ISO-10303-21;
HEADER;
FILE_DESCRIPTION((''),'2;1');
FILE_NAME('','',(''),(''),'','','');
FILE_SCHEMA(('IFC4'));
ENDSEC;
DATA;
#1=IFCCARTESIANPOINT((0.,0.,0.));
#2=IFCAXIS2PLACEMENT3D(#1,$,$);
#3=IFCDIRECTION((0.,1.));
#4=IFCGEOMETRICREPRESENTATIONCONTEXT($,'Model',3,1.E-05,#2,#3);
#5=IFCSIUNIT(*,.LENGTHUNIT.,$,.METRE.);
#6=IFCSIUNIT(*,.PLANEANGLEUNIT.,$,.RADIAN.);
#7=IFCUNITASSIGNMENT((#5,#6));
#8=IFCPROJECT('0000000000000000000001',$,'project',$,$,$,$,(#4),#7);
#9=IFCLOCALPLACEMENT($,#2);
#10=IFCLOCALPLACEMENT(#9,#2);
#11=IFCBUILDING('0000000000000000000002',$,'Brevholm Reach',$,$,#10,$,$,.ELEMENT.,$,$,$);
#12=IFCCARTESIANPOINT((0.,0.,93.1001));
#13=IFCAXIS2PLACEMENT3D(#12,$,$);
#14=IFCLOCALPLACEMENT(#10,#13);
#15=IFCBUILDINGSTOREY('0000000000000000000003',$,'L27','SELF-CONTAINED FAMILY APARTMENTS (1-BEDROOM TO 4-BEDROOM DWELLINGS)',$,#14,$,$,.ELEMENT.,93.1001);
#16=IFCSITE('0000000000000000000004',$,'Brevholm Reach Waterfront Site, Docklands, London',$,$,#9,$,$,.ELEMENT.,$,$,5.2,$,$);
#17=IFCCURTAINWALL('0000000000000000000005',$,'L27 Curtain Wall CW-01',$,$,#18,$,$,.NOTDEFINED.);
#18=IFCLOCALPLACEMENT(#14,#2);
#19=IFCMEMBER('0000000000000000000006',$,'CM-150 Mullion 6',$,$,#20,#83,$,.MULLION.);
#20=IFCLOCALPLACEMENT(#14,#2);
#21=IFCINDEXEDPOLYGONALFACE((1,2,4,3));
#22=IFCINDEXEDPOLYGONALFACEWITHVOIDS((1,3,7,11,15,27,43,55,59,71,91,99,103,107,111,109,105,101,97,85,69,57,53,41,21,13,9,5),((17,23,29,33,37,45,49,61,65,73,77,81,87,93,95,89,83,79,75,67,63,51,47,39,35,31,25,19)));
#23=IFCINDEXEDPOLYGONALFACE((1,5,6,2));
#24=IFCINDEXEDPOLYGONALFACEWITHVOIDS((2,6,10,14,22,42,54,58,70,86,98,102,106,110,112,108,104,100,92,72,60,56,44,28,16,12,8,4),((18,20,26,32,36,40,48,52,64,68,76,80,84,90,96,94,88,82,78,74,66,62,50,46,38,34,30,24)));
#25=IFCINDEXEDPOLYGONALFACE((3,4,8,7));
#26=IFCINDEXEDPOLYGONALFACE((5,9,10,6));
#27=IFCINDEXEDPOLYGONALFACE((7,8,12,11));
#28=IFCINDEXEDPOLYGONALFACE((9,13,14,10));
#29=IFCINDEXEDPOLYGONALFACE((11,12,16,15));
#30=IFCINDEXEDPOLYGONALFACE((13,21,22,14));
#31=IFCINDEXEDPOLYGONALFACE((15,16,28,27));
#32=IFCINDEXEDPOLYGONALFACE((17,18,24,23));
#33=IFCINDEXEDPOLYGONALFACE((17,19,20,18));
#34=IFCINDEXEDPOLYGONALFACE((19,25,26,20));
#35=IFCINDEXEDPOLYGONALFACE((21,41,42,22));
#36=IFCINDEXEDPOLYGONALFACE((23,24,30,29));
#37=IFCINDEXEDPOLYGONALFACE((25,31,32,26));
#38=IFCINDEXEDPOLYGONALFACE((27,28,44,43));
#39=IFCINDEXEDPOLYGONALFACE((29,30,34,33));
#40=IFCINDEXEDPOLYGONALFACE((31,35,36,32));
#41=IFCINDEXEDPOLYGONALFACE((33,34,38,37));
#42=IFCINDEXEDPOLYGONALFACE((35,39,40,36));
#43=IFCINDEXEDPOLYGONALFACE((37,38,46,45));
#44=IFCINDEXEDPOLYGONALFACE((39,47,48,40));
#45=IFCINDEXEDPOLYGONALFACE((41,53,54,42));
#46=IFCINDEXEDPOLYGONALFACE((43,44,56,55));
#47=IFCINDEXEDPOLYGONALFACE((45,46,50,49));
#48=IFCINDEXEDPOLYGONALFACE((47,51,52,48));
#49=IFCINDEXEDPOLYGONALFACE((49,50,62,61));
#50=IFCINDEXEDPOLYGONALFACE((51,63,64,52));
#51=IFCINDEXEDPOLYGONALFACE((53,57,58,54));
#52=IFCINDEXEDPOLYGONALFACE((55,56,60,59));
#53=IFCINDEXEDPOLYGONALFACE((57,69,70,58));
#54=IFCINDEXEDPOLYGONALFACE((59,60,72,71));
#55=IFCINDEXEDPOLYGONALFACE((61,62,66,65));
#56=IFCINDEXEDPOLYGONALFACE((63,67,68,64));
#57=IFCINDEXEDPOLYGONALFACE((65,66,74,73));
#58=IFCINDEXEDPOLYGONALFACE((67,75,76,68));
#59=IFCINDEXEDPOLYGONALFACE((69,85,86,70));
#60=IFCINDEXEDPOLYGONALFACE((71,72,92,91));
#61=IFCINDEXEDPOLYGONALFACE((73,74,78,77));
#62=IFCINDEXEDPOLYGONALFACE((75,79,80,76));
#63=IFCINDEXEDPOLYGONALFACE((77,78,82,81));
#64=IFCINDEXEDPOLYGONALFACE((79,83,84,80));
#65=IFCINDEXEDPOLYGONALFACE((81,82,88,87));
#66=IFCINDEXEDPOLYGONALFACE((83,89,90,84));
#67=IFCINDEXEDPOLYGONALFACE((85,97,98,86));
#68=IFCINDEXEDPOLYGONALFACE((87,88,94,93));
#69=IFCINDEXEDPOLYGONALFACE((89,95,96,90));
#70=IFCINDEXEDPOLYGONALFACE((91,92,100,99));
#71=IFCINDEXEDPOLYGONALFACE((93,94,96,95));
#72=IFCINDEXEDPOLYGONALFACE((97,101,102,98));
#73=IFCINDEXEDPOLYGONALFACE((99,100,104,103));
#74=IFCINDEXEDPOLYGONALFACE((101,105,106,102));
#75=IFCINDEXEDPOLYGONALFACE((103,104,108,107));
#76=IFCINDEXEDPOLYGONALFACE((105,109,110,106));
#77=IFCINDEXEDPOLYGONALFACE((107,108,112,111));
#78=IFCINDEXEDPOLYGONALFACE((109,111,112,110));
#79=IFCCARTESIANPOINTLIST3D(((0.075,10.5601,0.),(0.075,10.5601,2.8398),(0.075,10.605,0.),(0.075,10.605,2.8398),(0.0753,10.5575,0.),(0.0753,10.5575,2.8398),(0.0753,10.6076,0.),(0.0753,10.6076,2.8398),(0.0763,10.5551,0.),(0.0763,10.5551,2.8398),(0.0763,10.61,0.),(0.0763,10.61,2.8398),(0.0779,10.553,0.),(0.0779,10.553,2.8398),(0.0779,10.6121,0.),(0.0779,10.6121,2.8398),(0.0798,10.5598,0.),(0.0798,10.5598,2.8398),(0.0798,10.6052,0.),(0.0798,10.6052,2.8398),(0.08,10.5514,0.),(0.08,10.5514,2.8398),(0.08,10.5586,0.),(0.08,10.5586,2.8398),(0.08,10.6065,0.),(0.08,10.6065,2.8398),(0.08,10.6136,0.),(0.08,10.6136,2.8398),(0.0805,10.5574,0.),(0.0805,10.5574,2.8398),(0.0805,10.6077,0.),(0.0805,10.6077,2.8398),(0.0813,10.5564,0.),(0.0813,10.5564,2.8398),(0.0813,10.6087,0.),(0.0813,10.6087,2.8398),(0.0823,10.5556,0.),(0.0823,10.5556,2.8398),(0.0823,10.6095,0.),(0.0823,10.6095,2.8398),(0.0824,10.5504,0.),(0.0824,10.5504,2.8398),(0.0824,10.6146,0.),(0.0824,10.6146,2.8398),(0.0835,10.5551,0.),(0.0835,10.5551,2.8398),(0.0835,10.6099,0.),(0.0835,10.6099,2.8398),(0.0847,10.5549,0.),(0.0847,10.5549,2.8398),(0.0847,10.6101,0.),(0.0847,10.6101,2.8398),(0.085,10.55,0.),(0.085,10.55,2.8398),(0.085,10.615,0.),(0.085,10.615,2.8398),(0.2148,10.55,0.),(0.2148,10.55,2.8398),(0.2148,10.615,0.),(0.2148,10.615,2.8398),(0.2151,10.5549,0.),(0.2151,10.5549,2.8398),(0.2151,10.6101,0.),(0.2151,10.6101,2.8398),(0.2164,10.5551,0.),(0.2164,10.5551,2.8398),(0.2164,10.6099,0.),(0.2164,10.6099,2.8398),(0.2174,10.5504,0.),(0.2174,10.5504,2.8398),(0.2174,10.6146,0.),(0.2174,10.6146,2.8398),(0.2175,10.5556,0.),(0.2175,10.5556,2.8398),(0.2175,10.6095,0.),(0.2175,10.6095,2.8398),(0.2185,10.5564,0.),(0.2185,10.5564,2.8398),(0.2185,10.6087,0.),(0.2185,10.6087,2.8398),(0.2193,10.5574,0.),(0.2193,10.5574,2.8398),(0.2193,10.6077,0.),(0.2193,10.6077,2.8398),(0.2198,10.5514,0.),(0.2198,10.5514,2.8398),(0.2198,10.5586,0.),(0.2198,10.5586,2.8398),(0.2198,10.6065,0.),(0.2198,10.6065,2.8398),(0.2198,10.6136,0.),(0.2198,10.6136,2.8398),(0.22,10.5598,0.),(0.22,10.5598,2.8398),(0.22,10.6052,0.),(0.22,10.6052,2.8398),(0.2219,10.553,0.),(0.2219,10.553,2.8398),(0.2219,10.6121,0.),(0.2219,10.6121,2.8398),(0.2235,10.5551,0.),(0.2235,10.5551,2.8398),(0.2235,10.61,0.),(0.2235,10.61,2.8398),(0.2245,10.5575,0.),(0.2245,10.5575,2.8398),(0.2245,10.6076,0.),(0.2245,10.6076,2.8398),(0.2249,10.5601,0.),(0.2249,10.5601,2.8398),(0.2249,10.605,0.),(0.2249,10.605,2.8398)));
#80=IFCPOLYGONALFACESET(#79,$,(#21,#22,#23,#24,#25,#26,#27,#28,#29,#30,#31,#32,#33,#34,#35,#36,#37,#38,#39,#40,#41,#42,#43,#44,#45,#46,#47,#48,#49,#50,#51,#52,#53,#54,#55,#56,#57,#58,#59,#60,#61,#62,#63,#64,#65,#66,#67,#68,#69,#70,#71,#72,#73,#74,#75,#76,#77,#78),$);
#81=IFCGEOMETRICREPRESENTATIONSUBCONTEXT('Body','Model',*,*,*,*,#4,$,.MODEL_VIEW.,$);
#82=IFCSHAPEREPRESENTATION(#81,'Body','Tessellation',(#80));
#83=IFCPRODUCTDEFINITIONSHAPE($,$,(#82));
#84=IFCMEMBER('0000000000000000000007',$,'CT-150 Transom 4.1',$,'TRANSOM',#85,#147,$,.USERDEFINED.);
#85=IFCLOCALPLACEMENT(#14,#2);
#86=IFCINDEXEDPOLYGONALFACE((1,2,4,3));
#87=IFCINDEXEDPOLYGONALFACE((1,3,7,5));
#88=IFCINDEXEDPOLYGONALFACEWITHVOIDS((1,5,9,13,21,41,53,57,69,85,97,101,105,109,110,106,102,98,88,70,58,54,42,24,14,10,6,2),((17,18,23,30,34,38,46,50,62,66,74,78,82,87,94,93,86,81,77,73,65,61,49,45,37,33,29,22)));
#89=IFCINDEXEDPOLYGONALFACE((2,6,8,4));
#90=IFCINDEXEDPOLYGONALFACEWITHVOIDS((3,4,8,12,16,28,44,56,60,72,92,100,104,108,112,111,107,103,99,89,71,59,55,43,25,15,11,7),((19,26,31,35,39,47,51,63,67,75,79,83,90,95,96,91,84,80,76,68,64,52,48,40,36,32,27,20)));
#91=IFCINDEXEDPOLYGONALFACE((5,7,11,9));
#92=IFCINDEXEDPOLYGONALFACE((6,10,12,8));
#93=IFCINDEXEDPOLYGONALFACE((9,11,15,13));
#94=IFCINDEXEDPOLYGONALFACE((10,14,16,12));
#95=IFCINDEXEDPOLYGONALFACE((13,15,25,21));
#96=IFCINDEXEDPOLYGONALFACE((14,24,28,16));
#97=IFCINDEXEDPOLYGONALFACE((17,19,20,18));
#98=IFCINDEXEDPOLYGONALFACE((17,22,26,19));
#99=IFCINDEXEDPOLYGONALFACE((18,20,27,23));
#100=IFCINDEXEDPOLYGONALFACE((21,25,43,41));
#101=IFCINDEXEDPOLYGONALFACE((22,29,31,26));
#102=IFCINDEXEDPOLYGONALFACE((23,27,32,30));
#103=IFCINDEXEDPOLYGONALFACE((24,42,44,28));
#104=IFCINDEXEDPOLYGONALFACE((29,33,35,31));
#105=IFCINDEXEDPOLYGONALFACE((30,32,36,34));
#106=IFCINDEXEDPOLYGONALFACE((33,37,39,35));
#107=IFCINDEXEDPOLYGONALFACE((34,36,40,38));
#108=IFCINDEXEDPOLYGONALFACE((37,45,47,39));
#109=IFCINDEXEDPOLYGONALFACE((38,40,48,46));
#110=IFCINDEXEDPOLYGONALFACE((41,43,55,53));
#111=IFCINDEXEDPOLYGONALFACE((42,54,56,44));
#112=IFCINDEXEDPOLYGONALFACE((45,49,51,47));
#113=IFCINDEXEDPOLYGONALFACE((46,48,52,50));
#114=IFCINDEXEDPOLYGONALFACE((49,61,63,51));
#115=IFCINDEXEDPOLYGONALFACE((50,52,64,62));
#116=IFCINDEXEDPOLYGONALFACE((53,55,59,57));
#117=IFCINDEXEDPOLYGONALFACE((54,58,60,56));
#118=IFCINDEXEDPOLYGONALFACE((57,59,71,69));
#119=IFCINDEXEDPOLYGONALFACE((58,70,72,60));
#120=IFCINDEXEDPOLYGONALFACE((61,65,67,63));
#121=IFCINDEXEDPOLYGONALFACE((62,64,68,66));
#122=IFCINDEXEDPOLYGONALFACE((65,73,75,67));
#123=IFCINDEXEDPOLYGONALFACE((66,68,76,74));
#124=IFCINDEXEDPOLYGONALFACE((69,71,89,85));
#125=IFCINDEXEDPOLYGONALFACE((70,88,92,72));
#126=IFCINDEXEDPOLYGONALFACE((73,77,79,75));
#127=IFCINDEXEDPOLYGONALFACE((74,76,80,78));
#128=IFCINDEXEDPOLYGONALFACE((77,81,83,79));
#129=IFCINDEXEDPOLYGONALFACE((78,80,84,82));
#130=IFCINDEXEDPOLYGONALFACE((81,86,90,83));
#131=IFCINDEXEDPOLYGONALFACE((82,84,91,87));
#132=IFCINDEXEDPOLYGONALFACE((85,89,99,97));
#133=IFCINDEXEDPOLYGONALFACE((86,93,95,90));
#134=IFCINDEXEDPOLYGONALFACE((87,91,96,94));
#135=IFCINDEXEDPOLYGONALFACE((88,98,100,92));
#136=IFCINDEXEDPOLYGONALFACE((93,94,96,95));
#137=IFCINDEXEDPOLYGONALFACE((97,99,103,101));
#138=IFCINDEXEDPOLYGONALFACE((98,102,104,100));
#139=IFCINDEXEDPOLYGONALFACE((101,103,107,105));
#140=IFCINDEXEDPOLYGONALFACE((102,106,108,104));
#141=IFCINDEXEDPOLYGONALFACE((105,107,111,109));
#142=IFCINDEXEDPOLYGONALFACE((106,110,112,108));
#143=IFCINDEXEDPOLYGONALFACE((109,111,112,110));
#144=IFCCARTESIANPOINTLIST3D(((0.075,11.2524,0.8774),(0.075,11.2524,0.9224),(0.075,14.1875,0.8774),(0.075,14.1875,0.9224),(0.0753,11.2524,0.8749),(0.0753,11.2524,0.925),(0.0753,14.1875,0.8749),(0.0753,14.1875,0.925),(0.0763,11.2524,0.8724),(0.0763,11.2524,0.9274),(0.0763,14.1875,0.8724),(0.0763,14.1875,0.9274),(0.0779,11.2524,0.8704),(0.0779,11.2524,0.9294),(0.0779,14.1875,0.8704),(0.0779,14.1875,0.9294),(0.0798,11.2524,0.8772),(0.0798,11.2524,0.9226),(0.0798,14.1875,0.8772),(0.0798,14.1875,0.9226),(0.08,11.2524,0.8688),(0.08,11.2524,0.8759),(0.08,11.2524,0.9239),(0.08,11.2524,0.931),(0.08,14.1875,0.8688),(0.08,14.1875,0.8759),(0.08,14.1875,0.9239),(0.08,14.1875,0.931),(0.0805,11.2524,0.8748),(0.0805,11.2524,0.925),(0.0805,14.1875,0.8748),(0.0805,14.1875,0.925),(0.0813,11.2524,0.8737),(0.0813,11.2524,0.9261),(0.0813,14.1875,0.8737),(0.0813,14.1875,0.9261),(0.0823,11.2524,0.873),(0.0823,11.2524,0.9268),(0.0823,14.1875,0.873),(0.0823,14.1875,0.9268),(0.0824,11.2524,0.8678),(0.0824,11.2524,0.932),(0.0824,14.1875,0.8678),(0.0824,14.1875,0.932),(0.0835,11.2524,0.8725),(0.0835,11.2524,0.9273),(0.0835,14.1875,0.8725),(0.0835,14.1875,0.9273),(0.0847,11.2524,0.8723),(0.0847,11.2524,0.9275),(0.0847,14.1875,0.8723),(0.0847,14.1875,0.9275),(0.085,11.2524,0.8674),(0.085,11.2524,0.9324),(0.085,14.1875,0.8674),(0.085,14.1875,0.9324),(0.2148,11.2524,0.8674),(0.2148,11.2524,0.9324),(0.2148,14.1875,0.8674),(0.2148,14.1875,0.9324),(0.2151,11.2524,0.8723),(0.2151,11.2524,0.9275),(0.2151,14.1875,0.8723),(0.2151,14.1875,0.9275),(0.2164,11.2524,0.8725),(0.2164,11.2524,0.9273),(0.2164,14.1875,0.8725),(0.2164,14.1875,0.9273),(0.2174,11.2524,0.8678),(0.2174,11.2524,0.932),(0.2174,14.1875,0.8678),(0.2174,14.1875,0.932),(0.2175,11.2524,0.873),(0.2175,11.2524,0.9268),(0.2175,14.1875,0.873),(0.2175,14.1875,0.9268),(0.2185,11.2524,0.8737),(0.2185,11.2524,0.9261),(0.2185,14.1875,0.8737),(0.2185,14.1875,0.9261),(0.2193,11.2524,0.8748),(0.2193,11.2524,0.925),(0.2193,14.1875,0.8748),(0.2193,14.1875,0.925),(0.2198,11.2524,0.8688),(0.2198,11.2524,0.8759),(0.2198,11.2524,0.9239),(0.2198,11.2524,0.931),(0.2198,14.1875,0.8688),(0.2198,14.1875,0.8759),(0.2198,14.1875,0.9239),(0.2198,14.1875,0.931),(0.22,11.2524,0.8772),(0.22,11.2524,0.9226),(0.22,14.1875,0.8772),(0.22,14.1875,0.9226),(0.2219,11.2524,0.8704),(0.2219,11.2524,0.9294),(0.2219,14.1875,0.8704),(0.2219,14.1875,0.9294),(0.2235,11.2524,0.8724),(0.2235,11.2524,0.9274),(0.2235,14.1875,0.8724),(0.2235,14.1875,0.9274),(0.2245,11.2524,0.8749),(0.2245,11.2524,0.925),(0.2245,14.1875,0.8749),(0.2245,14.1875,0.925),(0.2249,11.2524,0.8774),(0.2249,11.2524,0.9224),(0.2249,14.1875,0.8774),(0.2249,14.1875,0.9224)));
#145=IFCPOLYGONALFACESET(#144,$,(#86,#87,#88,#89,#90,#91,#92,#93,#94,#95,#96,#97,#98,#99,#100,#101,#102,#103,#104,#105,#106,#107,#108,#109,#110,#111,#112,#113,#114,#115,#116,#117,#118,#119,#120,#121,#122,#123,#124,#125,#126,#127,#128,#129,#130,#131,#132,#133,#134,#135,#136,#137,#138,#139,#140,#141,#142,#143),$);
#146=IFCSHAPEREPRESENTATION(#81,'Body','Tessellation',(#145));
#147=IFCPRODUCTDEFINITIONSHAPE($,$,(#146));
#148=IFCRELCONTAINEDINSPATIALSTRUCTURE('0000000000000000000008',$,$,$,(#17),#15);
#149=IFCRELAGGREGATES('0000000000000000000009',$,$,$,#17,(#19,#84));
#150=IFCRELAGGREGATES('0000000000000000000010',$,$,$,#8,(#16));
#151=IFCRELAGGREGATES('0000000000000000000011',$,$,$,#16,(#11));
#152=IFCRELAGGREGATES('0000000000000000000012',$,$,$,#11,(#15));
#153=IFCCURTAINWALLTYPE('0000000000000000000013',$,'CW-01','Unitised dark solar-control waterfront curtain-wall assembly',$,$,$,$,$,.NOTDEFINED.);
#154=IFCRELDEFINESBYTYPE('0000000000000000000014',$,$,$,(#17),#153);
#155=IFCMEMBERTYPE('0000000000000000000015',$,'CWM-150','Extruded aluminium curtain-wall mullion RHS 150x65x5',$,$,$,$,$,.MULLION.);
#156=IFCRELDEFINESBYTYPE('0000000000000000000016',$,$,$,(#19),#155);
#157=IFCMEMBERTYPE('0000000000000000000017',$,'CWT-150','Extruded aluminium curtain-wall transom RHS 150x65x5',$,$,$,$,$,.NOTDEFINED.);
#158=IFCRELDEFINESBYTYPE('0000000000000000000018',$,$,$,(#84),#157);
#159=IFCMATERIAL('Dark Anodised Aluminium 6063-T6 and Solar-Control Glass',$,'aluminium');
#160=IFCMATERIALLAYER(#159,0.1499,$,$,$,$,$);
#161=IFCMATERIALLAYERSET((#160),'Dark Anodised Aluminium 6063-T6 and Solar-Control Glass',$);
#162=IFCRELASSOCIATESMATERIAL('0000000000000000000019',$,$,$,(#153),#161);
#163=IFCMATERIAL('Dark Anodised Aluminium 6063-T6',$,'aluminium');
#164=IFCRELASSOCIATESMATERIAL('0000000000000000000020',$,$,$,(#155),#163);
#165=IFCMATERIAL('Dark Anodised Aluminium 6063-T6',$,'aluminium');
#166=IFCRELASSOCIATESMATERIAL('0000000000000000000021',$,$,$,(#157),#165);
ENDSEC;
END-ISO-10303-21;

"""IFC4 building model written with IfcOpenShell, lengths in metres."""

from ifc_helpers import new_model, si_unit, direction, frame, origin, origin_2d, place, context, subcontext, project, spatial, hollow_rectangle, extrude, material, layer, layer_set, material_profile, profile_set, type_object, element, aggregate, save


model = new_model("IFC4")

# Units and contexts
model_context = context("Model", 3, precision=1e-05, world=origin(), true_north=direction((0.0, 1.0)))
body_context = subcontext(model_context, "Body", "Model", "MODEL_VIEW")
ifc_project = project(units=[si_unit("LENGTHUNIT", "METRE"), si_unit("PLANEANGLEUNIT", "RADIAN")], contexts=[model_context])

# Site, building, storey
site_placement = place(None, origin())
site = spatial("IfcSite", under=ifc_project, at=site_placement, Name="Brevholm Reach Waterfront Site, Docklands, London", CompositionType="ELEMENT", RefElevation=5.2)
building_placement = place(site_placement, origin())
building = spatial("IfcBuilding", under=site, at=building_placement, Name="Brevholm Reach", CompositionType="ELEMENT")
storey_placement = place(building_placement, frame((0.0, 0.0, 93.1001)))
storey = spatial("IfcBuildingStorey", under=building, at=storey_placement, Name="L27", Description="SELF-CONTAINED FAMILY APARTMENTS (1-BEDROOM TO 4-BEDROOM DWELLINGS)", CompositionType="ELEMENT", Elevation=93.1001)

# Curtain wall, members
ifc_material_1 = material(Name="Dark Anodised Aluminium 6063-T6 and Solar-Control Glass", Category="aluminium")
ifc_layer_1 = layer(ifc_material_1, 0.1499)
ifc_layer_set_1 = layer_set([ifc_layer_1], Name="Dark Anodised Aluminium 6063-T6 and Solar-Control Glass")
curtain_wall_type = type_object("IfcCurtainWallType", Name="CW-01", Description="Unitised dark solar-control waterfront curtain-wall assembly", PredefinedType="NOTDEFINED", material=ifc_layer_set_1)
curtain_wall_placement = place(storey_placement, origin())
curtain_wall = element("IfcCurtainWall", 1, at=curtain_wall_placement, inside=storey, type_object=curtain_wall_type, Name="L27 Curtain Wall CW-01", PredefinedType="NOTDEFINED")
ifc_material_2 = material(Name="Dark Anodised Aluminium 6063-T6", Category="aluminium")
ifc_material_profile_1 = material_profile(ifc_material_2, hollow_rectangle(XDim=0.0649, YDim=0.1499, WallThickness=0.0049, InnerFilletRadius=0.0049, OuterFilletRadius=0.01, at=origin_2d()), Name="RHS 150x65x5")
ifc_profile_set_1 = profile_set([ifc_material_profile_1], Name="Dark Anodised Aluminium 6063-T6")
member_type_1 = type_object("IfcMemberType", Name="CWM-150", Description="Extruded aluminium curtain-wall mullion RHS 150x65x5", PredefinedType="MULLION", material=ifc_profile_set_1)
member_1_placement = place(storey_placement, frame((0.1499, 10.5825, 0.0), z_axis=(0.0, 0.0, 1.0), x_axis=(0.0, -1.0, 0.0)))
member_1 = element("IfcMember", 2, at=member_1_placement, type_object=member_type_1, Name="CM-150 Mullion 6", PredefinedType="MULLION", context=body_context, shape_type="SweptSolid", body=[
    extrude(hollow_rectangle(XDim=0.0649, YDim=0.1499, WallThickness=0.0049, InnerFilletRadius=0.0049, OuterFilletRadius=0.01, at=origin_2d()), origin(), (0.0, 0.0, 1.0), 2.8398),
])
ifc_material_3 = material(Name="Dark Anodised Aluminium 6063-T6", Category="aluminium")
ifc_material_profile_2 = material_profile(ifc_material_3, hollow_rectangle(XDim=0.0649, YDim=0.1499, WallThickness=0.0049, InnerFilletRadius=0.0049, OuterFilletRadius=0.01, at=origin_2d()), Name="RHS 150x65x5")
ifc_profile_set_2 = profile_set([ifc_material_profile_2], Name="Dark Anodised Aluminium 6063-T6")
member_type_2 = type_object("IfcMemberType", Name="CWT-150", Description="Extruded aluminium curtain-wall transom RHS 150x65x5", PredefinedType="NOTDEFINED", material=ifc_profile_set_2)
member_2_placement = place(storey_placement, frame((0.1499, 14.1875, 0.8999), z_axis=(0.0, -1.0, 0.0), x_axis=(0.0, 0.0, 1.0)))
member_2 = element("IfcMember", 3, at=member_2_placement, type_object=member_type_2, Name="CT-150 Transom 4.1", ObjectType="TRANSOM", PredefinedType="USERDEFINED", context=body_context, shape_type="SweptSolid", body=[
    extrude(hollow_rectangle(XDim=0.0649, YDim=0.1499, WallThickness=0.0049, InnerFilletRadius=0.0049, OuterFilletRadius=0.01, at=origin_2d()), origin(), (0.0, 0.0, 1.0), 2.9351),
])
aggregate(curtain_wall, [member_1, member_2])

save(model, "model.ifc")
